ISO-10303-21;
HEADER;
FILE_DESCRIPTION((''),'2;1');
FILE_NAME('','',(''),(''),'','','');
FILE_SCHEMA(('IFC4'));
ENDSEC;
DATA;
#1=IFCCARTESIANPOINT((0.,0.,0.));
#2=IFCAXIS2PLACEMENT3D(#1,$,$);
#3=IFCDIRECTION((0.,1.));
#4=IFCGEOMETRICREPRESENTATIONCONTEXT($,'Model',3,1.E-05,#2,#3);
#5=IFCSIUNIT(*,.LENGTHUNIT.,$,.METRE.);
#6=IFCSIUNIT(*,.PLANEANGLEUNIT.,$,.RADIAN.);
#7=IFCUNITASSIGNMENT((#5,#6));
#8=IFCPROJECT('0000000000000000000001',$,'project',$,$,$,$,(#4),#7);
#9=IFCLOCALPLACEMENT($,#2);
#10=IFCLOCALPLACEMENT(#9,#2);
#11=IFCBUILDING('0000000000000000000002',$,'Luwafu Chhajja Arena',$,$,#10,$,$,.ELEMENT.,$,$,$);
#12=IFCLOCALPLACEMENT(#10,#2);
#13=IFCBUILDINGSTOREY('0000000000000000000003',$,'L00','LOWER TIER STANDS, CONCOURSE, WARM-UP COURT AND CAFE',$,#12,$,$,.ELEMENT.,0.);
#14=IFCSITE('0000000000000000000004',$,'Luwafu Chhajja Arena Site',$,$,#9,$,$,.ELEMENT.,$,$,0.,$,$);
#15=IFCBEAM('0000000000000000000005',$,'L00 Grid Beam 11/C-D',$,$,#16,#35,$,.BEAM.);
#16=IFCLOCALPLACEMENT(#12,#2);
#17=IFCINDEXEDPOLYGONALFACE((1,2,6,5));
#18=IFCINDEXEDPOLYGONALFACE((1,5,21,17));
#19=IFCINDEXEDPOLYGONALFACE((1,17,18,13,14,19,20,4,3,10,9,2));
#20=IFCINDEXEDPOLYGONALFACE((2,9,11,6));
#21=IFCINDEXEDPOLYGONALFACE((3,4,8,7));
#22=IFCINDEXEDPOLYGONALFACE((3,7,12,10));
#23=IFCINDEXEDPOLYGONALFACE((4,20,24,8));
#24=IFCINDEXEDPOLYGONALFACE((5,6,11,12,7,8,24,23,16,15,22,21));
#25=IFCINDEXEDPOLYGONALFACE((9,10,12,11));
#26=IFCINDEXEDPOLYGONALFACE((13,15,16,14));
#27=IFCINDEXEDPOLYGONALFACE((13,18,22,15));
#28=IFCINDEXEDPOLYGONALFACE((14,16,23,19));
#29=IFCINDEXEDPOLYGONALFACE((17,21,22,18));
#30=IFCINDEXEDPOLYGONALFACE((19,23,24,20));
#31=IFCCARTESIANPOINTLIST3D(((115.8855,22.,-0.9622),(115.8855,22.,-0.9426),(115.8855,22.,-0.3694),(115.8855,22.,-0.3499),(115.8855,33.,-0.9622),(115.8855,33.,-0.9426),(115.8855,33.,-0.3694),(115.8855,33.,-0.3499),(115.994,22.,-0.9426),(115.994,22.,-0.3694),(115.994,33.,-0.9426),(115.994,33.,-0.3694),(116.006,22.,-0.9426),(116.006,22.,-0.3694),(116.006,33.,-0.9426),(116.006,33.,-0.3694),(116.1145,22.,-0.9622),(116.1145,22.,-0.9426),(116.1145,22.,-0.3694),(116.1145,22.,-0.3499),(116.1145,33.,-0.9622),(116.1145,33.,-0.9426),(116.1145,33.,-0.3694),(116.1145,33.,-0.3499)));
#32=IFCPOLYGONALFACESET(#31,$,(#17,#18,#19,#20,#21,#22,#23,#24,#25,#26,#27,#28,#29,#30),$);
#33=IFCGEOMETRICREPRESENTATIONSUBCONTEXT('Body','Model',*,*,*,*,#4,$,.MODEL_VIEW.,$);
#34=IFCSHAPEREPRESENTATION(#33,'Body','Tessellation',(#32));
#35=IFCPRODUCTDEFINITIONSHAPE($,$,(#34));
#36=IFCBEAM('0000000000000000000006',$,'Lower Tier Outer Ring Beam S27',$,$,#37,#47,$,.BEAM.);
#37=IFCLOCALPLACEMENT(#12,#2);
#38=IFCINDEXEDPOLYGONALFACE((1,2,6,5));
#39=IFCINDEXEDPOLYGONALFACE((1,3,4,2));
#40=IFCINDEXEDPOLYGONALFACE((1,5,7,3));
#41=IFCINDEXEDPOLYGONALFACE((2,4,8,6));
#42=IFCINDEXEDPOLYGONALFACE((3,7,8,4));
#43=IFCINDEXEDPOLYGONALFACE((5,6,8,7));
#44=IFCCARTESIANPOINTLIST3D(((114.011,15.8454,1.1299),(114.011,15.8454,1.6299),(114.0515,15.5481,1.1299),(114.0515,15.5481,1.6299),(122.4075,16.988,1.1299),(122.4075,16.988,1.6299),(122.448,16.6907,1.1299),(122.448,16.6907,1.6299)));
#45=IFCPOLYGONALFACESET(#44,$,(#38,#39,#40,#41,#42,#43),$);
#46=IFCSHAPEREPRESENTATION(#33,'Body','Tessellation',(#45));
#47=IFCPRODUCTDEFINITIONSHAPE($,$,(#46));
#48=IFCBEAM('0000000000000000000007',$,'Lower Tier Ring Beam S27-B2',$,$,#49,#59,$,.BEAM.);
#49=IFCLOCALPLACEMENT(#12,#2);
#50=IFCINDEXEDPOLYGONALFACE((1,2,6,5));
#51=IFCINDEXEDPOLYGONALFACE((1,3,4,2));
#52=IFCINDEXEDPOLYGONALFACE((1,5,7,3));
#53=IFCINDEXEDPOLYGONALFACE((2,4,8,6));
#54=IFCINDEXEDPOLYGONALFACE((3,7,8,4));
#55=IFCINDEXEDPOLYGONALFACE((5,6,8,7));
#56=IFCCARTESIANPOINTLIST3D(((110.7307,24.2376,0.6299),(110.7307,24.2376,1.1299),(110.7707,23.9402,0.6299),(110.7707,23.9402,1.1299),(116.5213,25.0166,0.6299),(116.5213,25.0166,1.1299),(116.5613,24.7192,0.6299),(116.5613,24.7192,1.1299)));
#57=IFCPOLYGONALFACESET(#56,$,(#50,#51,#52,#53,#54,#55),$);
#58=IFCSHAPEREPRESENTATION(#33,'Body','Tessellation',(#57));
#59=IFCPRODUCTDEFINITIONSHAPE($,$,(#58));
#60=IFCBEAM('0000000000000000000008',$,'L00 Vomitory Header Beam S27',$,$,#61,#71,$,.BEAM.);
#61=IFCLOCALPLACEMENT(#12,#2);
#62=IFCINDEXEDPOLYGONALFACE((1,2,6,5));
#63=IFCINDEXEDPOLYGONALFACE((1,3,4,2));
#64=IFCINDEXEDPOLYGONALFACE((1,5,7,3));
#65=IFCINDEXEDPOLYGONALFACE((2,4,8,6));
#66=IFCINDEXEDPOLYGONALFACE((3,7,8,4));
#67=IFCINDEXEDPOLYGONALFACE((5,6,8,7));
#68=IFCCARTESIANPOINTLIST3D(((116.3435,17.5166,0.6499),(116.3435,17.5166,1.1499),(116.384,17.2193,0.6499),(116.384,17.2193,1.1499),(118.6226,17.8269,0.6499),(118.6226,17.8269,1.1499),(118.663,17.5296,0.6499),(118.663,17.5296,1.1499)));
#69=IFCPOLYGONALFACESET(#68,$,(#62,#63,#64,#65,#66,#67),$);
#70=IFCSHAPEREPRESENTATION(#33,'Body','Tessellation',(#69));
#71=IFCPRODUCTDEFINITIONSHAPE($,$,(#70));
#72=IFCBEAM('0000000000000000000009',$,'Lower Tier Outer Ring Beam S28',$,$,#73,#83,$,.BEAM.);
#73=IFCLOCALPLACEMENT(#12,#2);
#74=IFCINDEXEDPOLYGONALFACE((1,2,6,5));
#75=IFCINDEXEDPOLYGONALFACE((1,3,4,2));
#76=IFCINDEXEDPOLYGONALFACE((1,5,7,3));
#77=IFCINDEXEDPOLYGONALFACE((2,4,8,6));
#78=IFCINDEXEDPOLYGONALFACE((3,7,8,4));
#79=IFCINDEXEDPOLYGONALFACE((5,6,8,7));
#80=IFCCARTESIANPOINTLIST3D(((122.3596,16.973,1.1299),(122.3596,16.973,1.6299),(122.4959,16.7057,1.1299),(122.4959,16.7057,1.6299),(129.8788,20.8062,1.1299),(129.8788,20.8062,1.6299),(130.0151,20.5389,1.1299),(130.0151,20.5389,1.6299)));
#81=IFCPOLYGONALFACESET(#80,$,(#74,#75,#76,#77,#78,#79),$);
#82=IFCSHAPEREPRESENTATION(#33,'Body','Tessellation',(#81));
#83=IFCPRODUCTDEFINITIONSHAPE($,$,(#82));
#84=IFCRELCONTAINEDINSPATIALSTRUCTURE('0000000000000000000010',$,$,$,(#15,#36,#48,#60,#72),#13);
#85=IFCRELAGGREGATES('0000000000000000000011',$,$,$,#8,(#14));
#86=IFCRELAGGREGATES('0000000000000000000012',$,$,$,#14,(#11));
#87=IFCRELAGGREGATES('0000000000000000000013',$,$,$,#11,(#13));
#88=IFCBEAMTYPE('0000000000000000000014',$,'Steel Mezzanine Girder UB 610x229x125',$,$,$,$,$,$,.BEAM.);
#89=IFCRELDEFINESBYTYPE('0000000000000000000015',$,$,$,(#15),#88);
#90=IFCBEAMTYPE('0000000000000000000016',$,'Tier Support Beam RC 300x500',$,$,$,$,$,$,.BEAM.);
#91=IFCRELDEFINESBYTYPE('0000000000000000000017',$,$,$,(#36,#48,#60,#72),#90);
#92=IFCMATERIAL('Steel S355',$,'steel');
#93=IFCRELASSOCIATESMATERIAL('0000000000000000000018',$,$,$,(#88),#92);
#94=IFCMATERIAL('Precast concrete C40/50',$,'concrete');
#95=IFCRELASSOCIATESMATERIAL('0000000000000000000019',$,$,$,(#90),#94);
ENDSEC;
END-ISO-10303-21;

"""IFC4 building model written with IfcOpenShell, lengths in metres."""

from ifc_helpers import new_model, si_unit, direction, frame, origin, origin_2d, place, context, subcontext, project, spatial, rectangle, i_section, extrude, material, material_profile, profile_set, type_object, element, save


model = new_model("IFC4")

# Units and contexts
model_context = context("Model", 3, precision=1e-05, world=origin(), true_north=direction((0.0, 1.0)))
body_context = subcontext(model_context, "Body", "Model", "MODEL_VIEW")
ifc_project = project(units=[si_unit("LENGTHUNIT", "METRE"), si_unit("PLANEANGLEUNIT", "RADIAN")], contexts=[model_context])

# Site, building, storey
site_placement = place(None, origin())
site = spatial("IfcSite", under=ifc_project, at=site_placement, Name="Luwafu Chhajja Arena Site", CompositionType="ELEMENT", RefElevation=0.0)
building_placement = place(site_placement, origin())
building = spatial("IfcBuilding", under=site, at=building_placement, Name="Luwafu Chhajja Arena", CompositionType="ELEMENT")
storey_placement = place(building_placement, origin())
storey = spatial("IfcBuildingStorey", under=building, at=storey_placement, Name="L00", Description="LOWER TIER STANDS, CONCOURSE, WARM-UP COURT AND CAFE", CompositionType="ELEMENT", Elevation=0.0)

# Beams
ifc_material_1 = material(Name="Precast concrete C40/50", Category="concrete")
ifc_material_2 = material(Name="Steel S355", Category="steel")
ifc_material_profile_1 = material_profile(ifc_material_2, i_section(OverallWidth=0.229, OverallDepth=0.6123, WebThickness=0.012, FlangeThickness=0.0195, at=origin_2d()), Name="UB 610x229x125")
ifc_profile_set_1 = profile_set([ifc_material_profile_1], Name="Steel S355")
beam_type_1 = type_object("IfcBeamType", Name="Steel Mezzanine Girder UB 610x229x125", PredefinedType="BEAM", material=ifc_profile_set_1)
beam_1_placement = place(storey_placement, frame((116.0, 22.0, -0.656), z_axis=(0.0, 1.0, 0.0), x_axis=(-1.0, 0.0, 0.0)))
element("IfcBeam", 1, at=beam_1_placement, inside=storey, type_object=beam_type_1, Name="L00 Grid Beam 11/C-D", PredefinedType="BEAM", context=body_context, shape_type="SweptSolid", body=[
    extrude(i_section(OverallWidth=0.229, OverallDepth=0.6123, WebThickness=0.012, FlangeThickness=0.0195, at=origin_2d()), origin(), (0.0, 0.0, 1.0), 11.0),
])
ifc_material_profile_2 = material_profile(ifc_material_1, rectangle(XDim=0.3, YDim=0.5, at=origin_2d()), Name="RC 300x500")
ifc_profile_set_2 = profile_set([ifc_material_profile_2], Name="Precast concrete C40/50")
beam_type_2 = type_object("IfcBeamType", Name="Tier Support Beam RC 300x500", PredefinedType="BEAM", material=ifc_profile_set_2)
beam_2_placement = place(storey_placement, frame((114.0312, 15.6968, 1.3799), z_axis=(0.990868, 0.134835, 0.0), x_axis=(-0.134835, 0.990868, 0.0)))
element("IfcBeam", 2, at=beam_2_placement, inside=storey, type_object=beam_type_2, Name="Lower Tier Outer Ring Beam S27", PredefinedType="BEAM", context=body_context, shape_type="SweptSolid", body=[
    extrude(rectangle(XDim=0.3, YDim=0.5, at=origin_2d()), origin(), (0.0, 0.0, 1.0), 8.4739),
])
beam_3_placement = place(storey_placement, frame((110.7507, 24.0889, 0.8799), z_axis=(0.991071, 0.133338, 0.0), x_axis=(-0.133338, 0.991071, 0.0)))
element("IfcBeam", 3, at=beam_3_placement, inside=storey, type_object=beam_type_2, Name="Lower Tier Ring Beam S27-B2", PredefinedType="BEAM", context=body_context, shape_type="SweptSolid", body=[
    extrude(rectangle(XDim=0.3, YDim=0.5, at=origin_2d()), origin(), (0.0, 0.0, 1.0), 5.8428),
])
beam_4_placement = place(storey_placement, frame((116.3638, 17.3679, 0.8999), z_axis=(0.990858, 0.13491, 0.0), x_axis=(-0.13491, 0.990858, 0.0)))
element("IfcBeam", 4, at=beam_4_placement, inside=storey, type_object=beam_type_2, Name="L00 Vomitory Header Beam S27", PredefinedType="BEAM", context=body_context, shape_type="SweptSolid", body=[
    extrude(rectangle(XDim=0.3, YDim=0.5, at=origin_2d()), origin(), (0.0, 0.0, 1.0), 2.3),
])
beam_5_placement = place(storey_placement, frame((122.4277, 16.8394, 1.3799), z_axis=(0.890911, 0.454177, 0.0), x_axis=(-0.454177, 0.890911, 0.0)))
element("IfcBeam", 5, at=beam_5_placement, inside=storey, type_object=beam_type_2, Name="Lower Tier Outer Ring Beam S28", PredefinedType="BEAM", context=body_context, shape_type="SweptSolid", body=[
    extrude(rectangle(XDim=0.3, YDim=0.5, at=origin_2d()), origin(), (0.0, 0.0, 1.0), 8.4399),
])

save(model, "model.ifc")
